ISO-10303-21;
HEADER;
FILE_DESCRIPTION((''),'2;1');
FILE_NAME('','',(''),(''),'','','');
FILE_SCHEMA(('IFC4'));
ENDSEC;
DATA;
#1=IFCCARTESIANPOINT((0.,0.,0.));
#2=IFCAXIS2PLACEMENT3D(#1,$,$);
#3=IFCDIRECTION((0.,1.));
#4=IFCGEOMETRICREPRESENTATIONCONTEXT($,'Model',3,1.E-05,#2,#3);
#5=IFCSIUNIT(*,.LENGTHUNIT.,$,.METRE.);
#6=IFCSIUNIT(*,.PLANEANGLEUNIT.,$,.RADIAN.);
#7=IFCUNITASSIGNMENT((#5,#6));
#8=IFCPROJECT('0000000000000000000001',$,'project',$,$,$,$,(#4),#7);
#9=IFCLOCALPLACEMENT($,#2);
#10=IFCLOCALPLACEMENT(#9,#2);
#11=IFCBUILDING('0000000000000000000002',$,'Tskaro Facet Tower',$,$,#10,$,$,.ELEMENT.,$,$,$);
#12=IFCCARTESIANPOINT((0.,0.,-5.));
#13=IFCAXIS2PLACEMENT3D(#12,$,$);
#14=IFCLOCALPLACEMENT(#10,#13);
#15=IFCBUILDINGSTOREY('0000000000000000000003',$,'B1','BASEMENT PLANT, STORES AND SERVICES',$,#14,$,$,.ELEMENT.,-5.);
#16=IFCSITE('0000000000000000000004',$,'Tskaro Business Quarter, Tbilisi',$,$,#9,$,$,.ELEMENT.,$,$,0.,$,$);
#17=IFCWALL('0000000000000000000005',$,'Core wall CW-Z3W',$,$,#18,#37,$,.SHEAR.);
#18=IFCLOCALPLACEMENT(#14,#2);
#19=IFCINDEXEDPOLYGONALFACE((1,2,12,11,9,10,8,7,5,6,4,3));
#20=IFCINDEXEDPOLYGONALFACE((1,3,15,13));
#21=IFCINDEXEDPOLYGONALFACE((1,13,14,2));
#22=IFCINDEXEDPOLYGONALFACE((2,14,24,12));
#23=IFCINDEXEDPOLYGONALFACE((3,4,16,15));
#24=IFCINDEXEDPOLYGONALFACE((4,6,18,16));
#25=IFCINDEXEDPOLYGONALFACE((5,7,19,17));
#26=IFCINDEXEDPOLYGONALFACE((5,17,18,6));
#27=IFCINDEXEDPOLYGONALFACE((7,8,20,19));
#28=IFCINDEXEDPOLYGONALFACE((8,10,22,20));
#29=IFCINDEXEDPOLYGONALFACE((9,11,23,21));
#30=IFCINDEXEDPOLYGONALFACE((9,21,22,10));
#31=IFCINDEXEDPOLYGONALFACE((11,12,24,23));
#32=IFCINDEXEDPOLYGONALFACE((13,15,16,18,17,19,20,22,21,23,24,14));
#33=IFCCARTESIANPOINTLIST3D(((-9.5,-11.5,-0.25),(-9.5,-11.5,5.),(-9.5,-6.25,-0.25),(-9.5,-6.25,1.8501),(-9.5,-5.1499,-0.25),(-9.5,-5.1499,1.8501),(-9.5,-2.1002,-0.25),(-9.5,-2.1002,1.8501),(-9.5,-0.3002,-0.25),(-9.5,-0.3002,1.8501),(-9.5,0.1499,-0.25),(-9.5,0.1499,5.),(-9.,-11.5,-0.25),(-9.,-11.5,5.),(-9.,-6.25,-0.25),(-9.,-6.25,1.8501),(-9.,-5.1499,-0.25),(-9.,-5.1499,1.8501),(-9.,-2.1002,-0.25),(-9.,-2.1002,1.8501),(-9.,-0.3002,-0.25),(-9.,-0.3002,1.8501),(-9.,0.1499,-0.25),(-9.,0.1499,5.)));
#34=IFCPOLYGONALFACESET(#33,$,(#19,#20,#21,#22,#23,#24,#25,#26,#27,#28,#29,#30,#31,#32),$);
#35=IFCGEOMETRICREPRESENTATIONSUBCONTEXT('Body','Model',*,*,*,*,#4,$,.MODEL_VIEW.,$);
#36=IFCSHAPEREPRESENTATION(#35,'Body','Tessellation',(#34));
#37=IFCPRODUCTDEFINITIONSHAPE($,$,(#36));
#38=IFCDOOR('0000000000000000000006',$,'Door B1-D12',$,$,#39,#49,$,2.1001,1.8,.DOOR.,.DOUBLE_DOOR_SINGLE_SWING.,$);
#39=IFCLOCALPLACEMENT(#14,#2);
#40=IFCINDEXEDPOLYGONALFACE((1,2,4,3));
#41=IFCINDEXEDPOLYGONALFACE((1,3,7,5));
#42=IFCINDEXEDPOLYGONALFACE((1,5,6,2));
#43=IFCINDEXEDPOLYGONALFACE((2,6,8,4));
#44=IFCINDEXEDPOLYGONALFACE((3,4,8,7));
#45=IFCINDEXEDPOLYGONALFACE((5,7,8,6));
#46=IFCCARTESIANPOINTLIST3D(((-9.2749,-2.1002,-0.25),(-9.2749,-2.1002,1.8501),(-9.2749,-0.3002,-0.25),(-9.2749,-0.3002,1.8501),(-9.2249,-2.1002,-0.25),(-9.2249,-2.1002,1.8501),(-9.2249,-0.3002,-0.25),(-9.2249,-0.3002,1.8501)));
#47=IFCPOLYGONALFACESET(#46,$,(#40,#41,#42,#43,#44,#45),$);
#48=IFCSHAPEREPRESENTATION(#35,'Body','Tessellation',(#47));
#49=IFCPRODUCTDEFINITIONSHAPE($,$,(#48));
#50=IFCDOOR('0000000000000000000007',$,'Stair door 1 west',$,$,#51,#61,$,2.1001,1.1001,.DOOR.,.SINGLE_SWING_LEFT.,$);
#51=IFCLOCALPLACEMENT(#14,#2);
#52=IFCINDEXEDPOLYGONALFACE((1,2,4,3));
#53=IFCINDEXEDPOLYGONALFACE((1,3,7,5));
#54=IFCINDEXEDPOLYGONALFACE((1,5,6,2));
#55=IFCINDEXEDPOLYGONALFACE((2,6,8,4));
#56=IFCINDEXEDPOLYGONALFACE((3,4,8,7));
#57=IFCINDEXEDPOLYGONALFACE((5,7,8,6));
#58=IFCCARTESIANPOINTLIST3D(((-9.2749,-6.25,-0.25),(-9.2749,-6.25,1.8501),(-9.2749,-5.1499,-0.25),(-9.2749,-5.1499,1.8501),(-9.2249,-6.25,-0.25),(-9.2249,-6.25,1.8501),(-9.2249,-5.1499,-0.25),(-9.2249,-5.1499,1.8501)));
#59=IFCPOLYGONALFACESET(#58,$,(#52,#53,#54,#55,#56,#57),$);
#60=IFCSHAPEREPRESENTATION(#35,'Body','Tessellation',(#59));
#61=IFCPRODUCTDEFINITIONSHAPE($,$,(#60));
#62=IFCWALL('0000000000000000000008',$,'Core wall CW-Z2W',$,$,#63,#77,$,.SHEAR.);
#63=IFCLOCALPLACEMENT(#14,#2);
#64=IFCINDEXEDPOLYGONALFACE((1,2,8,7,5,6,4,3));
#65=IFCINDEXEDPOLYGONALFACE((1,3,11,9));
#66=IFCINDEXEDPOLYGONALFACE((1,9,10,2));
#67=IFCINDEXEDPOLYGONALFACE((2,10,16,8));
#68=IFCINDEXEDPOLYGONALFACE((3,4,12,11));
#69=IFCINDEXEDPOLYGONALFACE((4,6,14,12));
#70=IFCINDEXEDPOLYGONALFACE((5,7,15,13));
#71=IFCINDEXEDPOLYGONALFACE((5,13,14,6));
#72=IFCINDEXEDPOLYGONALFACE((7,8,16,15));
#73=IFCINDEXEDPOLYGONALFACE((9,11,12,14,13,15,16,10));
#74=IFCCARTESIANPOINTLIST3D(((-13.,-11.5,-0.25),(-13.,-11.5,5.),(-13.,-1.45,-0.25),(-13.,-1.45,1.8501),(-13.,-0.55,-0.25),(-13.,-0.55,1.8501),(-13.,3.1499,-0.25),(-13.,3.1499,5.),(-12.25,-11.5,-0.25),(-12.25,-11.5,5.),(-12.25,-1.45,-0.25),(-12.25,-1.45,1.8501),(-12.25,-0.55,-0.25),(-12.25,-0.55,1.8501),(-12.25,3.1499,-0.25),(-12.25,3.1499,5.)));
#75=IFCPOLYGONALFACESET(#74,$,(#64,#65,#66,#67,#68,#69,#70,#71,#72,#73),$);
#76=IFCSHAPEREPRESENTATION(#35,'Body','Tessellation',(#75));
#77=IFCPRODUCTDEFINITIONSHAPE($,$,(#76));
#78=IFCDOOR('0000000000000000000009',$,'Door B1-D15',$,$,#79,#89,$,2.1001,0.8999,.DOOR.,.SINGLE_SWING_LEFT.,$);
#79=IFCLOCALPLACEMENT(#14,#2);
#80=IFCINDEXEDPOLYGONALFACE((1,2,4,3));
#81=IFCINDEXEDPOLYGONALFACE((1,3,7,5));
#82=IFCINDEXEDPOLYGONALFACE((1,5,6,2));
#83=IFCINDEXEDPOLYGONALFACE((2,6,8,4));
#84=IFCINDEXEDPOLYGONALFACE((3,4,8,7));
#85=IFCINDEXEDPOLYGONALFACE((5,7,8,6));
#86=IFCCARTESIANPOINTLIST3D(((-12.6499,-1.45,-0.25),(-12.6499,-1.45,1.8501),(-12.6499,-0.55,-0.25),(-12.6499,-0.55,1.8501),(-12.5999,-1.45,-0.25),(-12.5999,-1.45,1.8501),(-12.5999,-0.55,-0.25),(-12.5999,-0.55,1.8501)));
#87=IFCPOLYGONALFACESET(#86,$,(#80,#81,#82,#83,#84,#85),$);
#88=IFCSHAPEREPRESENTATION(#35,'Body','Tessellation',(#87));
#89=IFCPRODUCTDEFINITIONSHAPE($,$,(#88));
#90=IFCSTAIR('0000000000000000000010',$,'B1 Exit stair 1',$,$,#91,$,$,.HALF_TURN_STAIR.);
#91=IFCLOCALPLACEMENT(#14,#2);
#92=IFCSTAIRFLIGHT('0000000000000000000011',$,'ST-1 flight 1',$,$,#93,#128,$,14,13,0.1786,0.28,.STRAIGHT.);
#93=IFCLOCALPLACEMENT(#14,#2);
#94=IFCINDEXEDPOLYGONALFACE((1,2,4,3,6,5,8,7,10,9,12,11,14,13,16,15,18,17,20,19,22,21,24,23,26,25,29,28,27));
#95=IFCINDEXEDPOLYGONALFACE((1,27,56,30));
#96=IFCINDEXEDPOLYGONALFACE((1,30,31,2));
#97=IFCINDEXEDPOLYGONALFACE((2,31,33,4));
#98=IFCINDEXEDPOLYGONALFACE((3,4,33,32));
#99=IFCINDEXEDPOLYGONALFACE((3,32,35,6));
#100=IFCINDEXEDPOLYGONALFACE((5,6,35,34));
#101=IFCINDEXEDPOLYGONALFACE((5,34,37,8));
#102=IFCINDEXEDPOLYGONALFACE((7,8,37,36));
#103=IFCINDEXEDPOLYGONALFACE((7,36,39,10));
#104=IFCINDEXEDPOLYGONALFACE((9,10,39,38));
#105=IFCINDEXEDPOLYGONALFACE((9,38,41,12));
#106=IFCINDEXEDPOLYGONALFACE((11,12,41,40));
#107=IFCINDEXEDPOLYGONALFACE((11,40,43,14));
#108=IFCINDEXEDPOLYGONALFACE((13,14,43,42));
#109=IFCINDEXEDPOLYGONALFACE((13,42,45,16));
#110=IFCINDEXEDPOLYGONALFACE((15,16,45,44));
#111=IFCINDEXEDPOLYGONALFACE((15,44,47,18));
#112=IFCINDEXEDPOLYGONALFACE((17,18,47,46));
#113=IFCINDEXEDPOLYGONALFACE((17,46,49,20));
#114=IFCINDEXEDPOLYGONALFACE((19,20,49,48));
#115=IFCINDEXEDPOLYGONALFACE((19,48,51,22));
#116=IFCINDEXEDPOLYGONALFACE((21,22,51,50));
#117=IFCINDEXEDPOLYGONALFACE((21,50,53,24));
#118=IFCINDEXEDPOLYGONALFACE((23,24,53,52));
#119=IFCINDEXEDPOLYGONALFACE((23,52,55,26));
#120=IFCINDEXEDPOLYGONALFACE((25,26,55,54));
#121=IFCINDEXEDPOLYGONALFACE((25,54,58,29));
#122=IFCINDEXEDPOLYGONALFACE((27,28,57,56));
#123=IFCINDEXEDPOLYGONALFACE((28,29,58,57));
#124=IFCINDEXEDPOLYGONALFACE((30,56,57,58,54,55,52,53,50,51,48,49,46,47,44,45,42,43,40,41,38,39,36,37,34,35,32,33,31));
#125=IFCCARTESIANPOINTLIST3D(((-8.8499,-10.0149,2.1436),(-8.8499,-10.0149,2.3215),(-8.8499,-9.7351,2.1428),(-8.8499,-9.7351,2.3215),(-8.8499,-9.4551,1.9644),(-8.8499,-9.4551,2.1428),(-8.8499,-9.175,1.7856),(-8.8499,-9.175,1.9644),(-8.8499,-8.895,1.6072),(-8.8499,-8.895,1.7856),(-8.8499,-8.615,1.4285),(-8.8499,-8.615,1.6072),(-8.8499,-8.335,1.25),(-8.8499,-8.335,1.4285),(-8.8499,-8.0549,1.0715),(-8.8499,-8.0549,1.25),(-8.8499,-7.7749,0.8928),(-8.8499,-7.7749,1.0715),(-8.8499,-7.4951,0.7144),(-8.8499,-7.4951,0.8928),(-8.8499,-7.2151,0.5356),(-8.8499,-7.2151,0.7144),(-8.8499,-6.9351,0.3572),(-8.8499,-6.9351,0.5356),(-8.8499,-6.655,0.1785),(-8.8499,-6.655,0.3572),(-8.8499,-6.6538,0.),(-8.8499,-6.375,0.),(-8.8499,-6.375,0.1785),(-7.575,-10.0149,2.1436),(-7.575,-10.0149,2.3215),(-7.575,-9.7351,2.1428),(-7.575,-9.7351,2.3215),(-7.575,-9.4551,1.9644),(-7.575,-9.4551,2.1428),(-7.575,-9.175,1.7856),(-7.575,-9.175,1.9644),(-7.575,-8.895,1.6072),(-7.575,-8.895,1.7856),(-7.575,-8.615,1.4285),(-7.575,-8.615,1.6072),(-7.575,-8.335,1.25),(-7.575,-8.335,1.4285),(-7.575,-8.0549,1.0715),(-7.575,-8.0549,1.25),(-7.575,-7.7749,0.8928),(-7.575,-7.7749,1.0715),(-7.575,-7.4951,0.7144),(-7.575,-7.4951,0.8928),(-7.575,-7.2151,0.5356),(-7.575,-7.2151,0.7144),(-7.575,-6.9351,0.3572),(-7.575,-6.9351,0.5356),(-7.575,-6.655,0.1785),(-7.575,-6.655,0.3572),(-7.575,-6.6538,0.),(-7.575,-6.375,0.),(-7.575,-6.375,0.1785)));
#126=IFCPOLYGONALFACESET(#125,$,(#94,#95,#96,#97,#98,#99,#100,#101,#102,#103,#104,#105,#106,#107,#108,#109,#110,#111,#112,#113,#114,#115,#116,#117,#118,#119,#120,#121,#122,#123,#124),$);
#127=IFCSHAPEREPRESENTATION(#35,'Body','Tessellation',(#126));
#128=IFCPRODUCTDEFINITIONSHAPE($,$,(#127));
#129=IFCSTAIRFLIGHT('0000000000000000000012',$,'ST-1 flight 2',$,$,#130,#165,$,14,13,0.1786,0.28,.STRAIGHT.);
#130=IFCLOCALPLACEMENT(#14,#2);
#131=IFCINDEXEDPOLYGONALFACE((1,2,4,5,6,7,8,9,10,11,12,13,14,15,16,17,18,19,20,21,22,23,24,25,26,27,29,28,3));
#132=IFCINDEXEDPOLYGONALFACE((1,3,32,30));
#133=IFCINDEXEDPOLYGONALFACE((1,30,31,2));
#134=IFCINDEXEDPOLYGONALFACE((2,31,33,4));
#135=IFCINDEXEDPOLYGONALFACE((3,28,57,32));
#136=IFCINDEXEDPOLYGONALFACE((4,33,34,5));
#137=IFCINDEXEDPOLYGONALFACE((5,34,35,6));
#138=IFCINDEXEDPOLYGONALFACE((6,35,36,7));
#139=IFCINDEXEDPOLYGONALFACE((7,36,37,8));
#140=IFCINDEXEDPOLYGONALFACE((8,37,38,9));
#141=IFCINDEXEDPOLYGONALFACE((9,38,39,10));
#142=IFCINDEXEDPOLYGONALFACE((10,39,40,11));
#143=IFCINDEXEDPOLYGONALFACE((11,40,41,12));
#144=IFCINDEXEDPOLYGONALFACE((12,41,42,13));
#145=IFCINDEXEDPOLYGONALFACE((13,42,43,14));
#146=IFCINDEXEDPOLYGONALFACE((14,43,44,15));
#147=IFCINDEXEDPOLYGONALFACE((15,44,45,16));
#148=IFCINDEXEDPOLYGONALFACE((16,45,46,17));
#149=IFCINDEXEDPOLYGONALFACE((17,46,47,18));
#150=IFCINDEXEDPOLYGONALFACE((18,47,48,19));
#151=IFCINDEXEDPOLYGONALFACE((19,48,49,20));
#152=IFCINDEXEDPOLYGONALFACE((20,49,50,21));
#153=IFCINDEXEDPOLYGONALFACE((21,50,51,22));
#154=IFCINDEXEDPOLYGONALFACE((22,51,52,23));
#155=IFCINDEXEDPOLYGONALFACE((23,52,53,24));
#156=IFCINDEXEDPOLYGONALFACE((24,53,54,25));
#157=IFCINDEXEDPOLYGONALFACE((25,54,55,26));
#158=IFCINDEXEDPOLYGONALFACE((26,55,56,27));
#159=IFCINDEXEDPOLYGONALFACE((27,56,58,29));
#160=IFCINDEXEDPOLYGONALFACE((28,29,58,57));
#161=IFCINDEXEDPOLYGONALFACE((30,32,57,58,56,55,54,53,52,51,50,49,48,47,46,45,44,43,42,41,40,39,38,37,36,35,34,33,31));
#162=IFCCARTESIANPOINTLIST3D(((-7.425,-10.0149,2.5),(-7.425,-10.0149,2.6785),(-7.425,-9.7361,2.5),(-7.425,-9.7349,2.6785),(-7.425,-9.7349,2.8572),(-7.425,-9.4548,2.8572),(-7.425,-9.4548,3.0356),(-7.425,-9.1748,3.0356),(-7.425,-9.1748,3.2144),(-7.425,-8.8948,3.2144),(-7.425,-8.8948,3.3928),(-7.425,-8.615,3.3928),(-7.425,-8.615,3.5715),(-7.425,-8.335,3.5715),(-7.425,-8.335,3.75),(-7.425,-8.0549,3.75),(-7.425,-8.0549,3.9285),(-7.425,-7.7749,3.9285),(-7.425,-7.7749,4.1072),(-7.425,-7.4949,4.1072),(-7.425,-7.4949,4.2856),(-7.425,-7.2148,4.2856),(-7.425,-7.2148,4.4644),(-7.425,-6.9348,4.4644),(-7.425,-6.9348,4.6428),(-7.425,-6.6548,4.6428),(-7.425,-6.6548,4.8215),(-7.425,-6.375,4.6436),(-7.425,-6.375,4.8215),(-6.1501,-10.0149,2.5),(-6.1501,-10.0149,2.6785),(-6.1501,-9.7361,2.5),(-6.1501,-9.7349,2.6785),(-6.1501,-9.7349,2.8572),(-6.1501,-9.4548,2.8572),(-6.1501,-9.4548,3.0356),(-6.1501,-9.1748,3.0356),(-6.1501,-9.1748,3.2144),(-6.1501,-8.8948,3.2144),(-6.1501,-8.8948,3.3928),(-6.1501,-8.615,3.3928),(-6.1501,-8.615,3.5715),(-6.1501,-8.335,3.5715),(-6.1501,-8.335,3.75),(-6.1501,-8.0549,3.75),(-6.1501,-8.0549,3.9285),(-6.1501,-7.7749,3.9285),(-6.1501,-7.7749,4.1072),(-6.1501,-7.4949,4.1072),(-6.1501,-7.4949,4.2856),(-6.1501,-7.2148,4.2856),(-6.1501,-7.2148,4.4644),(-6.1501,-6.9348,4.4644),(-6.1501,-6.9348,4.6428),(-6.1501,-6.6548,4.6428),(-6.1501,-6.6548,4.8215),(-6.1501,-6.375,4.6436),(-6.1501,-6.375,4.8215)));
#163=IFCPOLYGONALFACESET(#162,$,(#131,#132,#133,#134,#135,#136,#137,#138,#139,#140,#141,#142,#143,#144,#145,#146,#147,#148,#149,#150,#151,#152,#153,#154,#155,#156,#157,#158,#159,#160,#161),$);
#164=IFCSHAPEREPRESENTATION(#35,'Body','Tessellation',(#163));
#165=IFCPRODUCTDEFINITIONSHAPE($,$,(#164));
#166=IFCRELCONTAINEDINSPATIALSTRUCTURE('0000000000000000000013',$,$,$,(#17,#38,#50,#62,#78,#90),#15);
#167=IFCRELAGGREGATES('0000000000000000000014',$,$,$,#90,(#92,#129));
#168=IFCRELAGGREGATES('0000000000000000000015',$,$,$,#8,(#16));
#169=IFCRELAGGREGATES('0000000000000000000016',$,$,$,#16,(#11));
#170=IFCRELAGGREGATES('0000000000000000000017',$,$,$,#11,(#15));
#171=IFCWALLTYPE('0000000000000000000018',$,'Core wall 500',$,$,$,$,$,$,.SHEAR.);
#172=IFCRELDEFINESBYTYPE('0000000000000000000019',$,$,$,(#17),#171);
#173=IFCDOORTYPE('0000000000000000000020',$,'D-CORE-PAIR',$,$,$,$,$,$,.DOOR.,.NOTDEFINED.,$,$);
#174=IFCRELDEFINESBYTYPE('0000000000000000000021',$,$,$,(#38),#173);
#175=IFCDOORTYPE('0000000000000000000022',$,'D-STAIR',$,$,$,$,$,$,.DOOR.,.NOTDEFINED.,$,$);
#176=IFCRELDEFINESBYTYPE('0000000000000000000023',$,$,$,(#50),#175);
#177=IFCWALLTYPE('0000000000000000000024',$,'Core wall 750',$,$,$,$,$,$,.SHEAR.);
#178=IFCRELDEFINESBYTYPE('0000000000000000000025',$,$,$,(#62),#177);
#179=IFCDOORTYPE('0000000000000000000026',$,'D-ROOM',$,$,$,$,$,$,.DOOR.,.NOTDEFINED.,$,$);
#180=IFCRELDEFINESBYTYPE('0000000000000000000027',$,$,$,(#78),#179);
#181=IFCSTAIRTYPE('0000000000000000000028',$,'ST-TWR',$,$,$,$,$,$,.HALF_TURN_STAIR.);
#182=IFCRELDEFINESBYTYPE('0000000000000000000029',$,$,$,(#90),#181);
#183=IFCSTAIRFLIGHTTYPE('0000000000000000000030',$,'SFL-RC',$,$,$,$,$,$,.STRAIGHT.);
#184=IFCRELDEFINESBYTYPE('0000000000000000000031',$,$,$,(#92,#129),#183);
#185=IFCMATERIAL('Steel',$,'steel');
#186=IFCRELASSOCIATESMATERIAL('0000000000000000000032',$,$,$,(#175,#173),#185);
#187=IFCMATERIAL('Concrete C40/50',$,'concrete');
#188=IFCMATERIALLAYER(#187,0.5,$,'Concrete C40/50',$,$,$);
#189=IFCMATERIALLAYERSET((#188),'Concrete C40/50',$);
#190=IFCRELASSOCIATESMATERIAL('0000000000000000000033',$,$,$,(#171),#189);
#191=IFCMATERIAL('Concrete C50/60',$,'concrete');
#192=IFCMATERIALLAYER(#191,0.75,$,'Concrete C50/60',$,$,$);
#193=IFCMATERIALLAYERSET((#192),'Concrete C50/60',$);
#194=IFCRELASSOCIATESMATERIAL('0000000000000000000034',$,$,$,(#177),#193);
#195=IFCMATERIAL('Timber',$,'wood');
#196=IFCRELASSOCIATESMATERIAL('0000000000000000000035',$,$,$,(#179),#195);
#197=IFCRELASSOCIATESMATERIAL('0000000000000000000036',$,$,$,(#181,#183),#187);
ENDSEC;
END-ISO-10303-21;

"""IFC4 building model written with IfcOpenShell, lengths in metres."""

from ifc_helpers import new_model, si_unit, direction, frame, frame_2d, origin, place, context, subcontext, project, spatial, polyline, rectangle, outline, extrude, material, layer, layer_set, type_object, element, fill, aggregate, save


model = new_model("IFC4")

# Units and contexts
model_context = context("Model", 3, precision=1e-05, world=origin(), true_north=direction((0.0, 1.0)))
body_context = subcontext(model_context, "Body", "Model", "MODEL_VIEW")
ifc_project = project(units=[si_unit("LENGTHUNIT", "METRE"), si_unit("PLANEANGLEUNIT", "RADIAN")], contexts=[model_context])

# Site, building, storey
site_placement = place(None, origin())
site = spatial("IfcSite", under=ifc_project, at=site_placement, Name="Tskaro Business Quarter, Tbilisi", CompositionType="ELEMENT", RefElevation=0.0)
building_placement = place(site_placement, origin())
building = spatial("IfcBuilding", under=site, at=building_placement, Name="Tskaro Facet Tower", CompositionType="ELEMENT")
storey_placement = place(building_placement, frame((0.0, 0.0, -5.0)))
storey = spatial("IfcBuildingStorey", under=building, at=storey_placement, Name="B1", Description="BASEMENT PLANT, STORES AND SERVICES", CompositionType="ELEMENT", Elevation=-5.0)

# Shared definitions
ifc_material_1 = material(Name="Steel", Category="steel")
door_type_1 = type_object("IfcDoorType", Name="D-STAIR", OperationType="NOTDEFINED", PredefinedType="DOOR", material=ifc_material_1)

# Wall, openings, doors
ifc_material_2 = material(Name="Concrete C40/50", Category="concrete")
ifc_layer_1 = layer(ifc_material_2, 0.5, Name="Concrete C40/50")
ifc_layer_set_1 = layer_set([ifc_layer_1], Name="Concrete C40/50")
wall_type_1 = type_object("IfcWallType", Name="Core wall 500", PredefinedType="SHEAR", material=ifc_layer_set_1)
wall_1_placement = place(storey_placement, frame((-9.25, -11.5, -0.25), z_axis=(0.0, 0.0, 1.0), x_axis=(0.0, 1.0, 0.0)))
wall_1 = element("IfcWall", 1, at=wall_1_placement, inside=storey, type_object=wall_type_1, Name="Core wall CW-Z3W", PredefinedType="SHEAR", context=body_context, shape_type="SweptSolid", body=[
    extrude(rectangle(XDim=11.6499, YDim=0.5, at=frame_2d((5.825, 0.0))), origin(), (0.0, 0.0, 1.0), 5.25),
])
opening_1_placement = place(wall_1_placement, frame((9.3999, 0.0, 0.0)))
opening_1 = element("IfcOpeningElement", 2, at=opening_1_placement, cuts=wall_1, PredefinedType="OPENING", context=body_context, shape_type="SweptSolid", body=[
    extrude(rectangle(XDim=1.8, YDim=2.1001, at=frame_2d((0.8999, 1.05))), frame((0.0, 0.26, 0.0), z_axis=(0.0, -1.0, 0.0), x_axis=(1.0, 0.0, 0.0)), (0.0, 0.0, 1.0), 0.52),
])
opening_2_placement = place(wall_1_placement, frame((5.25, 0.0, 0.0)))
opening_2 = element("IfcOpeningElement", 3, at=opening_2_placement, cuts=wall_1, PredefinedType="OPENING", context=body_context, shape_type="SweptSolid", body=[
    extrude(rectangle(XDim=1.1001, YDim=2.1001, at=frame_2d((0.55, 1.05))), frame((0.0, 0.26, 0.0), z_axis=(0.0, -1.0, 0.0), x_axis=(1.0, 0.0, 0.0)), (0.0, 0.0, 1.0), 0.52),
])
door_type_2 = type_object("IfcDoorType", Name="D-CORE-PAIR", OperationType="NOTDEFINED", PredefinedType="DOOR", material=ifc_material_1)
door_1_placement = place(opening_1_placement, origin())
door_1 = element("IfcDoor", 4, at=door_1_placement, inside=storey, type_object=door_type_2, Name="Door B1-D12", OperationType="DOUBLE_DOOR_SINGLE_SWING", OverallHeight=2.1001, OverallWidth=1.8, PredefinedType="DOOR", context=body_context, shape_type="SweptSolid", body=[
    extrude(rectangle(XDim=1.8, YDim=2.1001, at=frame_2d((0.8999, 1.05))), frame((0.0, 0.0249, 0.0), z_axis=(0.0, -1.0, 0.0), x_axis=(1.0, 0.0, 0.0)), (0.0, 0.0, 1.0), 0.05),
])
fill(opening_1, door_1)
door_2_placement = place(opening_2_placement, origin())
door_2 = element("IfcDoor", 5, at=door_2_placement, inside=storey, type_object=door_type_1, Name="Stair door 1 west", OperationType="SINGLE_SWING_LEFT", OverallHeight=2.1001, OverallWidth=1.1001, PredefinedType="DOOR", context=body_context, shape_type="SweptSolid", body=[
    extrude(rectangle(XDim=1.1001, YDim=2.1001, at=frame_2d((0.55, 1.05))), frame((0.0, 0.0249, 0.0), z_axis=(0.0, -1.0, 0.0), x_axis=(1.0, 0.0, 0.0)), (0.0, 0.0, 1.0), 0.05),
])
fill(opening_2, door_2)

# Wall, opening, door
ifc_material_3 = material(Name="Concrete C50/60", Category="concrete")
ifc_layer_2 = layer(ifc_material_3, 0.75, Name="Concrete C50/60")
ifc_layer_set_2 = layer_set([ifc_layer_2], Name="Concrete C50/60")
wall_type_2 = type_object("IfcWallType", Name="Core wall 750", PredefinedType="SHEAR", material=ifc_layer_set_2)
wall_2_placement = place(storey_placement, frame((-12.625, -11.5, -0.25), z_axis=(0.0, 0.0, 1.0), x_axis=(0.0, 1.0, 0.0)))
wall_2 = element("IfcWall", 6, at=wall_2_placement, inside=storey, type_object=wall_type_2, Name="Core wall CW-Z2W", PredefinedType="SHEAR", context=body_context, shape_type="SweptSolid", body=[
    extrude(rectangle(XDim=14.6499, YDim=0.75, at=frame_2d((7.325, 0.0))), origin(), (0.0, 0.0, 1.0), 5.25),
])
opening_3_placement = place(wall_2_placement, frame((10.05, 0.0, 0.0)))
opening_3 = element("IfcOpeningElement", 7, at=opening_3_placement, cuts=wall_2, PredefinedType="OPENING", context=body_context, shape_type="SweptSolid", body=[
    extrude(rectangle(XDim=0.8999, YDim=2.1001, at=frame_2d((0.45, 1.05))), frame((0.0, 0.385, 0.0), z_axis=(0.0, -1.0, 0.0), x_axis=(1.0, 0.0, 0.0)), (0.0, 0.0, 1.0), 0.77),
])
ifc_material_4 = material(Name="Timber", Category="wood")
door_type_3 = type_object("IfcDoorType", Name="D-ROOM", OperationType="NOTDEFINED", PredefinedType="DOOR", material=ifc_material_4)
door_3_placement = place(opening_3_placement, origin())
door_3 = element("IfcDoor", 8, at=door_3_placement, inside=storey, type_object=door_type_3, Name="Door B1-D15", OperationType="SINGLE_SWING_LEFT", OverallHeight=2.1001, OverallWidth=0.8999, PredefinedType="DOOR", context=body_context, shape_type="SweptSolid", body=[
    extrude(rectangle(XDim=0.8999, YDim=2.1001, at=frame_2d((0.45, 1.05))), frame((0.0, 0.0249, 0.0), z_axis=(0.0, -1.0, 0.0), x_axis=(1.0, 0.0, 0.0)), (0.0, 0.0, 1.0), 0.05),
])
fill(opening_3, door_3)

# Stair, stair flights
stair_type = type_object("IfcStairType", Name="ST-TWR", PredefinedType="HALF_TURN_STAIR", material=ifc_material_2)
stair_placement = place(storey_placement, origin())
stair = element("IfcStair", 9, at=stair_placement, inside=storey, type_object=stair_type, Name="B1 Exit stair 1", PredefinedType="HALF_TURN_STAIR")
stair_flight_type = type_object("IfcStairFlightType", Name="SFL-RC", PredefinedType="STRAIGHT", material=ifc_material_2)
stair_flight_1_placement = place(storey_placement, frame((-8.2124, -6.375, 0.0), z_axis=(0.0, 0.0, 1.0), x_axis=(0.0, -1.0, 0.0)))
stair_flight_1 = element("IfcStairFlight", 10, at=stair_flight_1_placement, type_object=stair_flight_type, Name="ST-1 flight 1", NumberOfRisers=14, NumberOfTreads=13, PredefinedType="STRAIGHT", RiserHeight=0.1786, TreadLength=0.28, context=body_context, shape_type="SweptSolid", body=[
    extrude(outline(polyline([(0.0, 0.0), (0.0, 0.1785), (0.28, 0.1785), (0.28, 0.3572), (0.5601, 0.3572), (0.5601, 0.5356), (0.8401, 0.5356), (0.8401, 0.7144), (1.1201, 0.7144), (1.1201, 0.8928), (1.3999, 0.8928), (1.3999, 1.0715), (1.6799, 1.0715), (1.6799, 1.25), (1.96, 1.25), (1.96, 1.4285), (2.24, 1.4285), (2.24, 1.6072), (2.52, 1.6072), (2.52, 1.7856), (2.8, 1.7856), (2.8, 1.9644), (3.0801, 1.9644), (3.0801, 2.1428), (3.3601, 2.1428), (3.3601, 2.3215), (3.6399, 2.3215), (3.6399, 2.5), (3.6399, 2.1436), (0.2788, 0.0), (0.0, 0.0)])), frame((0.0, 0.6375, 0.0), z_axis=(0.0, -1.0, 0.0), x_axis=(1.0, 0.0, 0.0)), (0.0, 0.0, 1.0), 1.2749),
])
stair_flight_2_placement = place(storey_placement, frame((-6.7876, -10.0149, 2.5), z_axis=(0.0, 0.0, 1.0), x_axis=(0.0, 1.0, 0.0)))
stair_flight_2 = element("IfcStairFlight", 11, at=stair_flight_2_placement, type_object=stair_flight_type, Name="ST-1 flight 2", NumberOfRisers=14, NumberOfTreads=13, PredefinedType="STRAIGHT", RiserHeight=0.1786, TreadLength=0.28, context=body_context, shape_type="SweptSolid", body=[
    extrude(outline(polyline([(0.0, 0.0), (0.0, 0.1785), (0.28, 0.1785), (0.28, 0.3572), (0.5601, 0.3572), (0.5601, 0.5356), (0.8401, 0.5356), (0.8401, 0.7144), (1.1201, 0.7144), (1.1201, 0.8928), (1.3999, 0.8928), (1.3999, 1.0715), (1.6799, 1.0715), (1.6799, 1.25), (1.96, 1.25), (1.96, 1.4285), (2.24, 1.4285), (2.24, 1.6072), (2.52, 1.6072), (2.52, 1.7856), (2.8, 1.7856), (2.8, 1.9644), (3.0801, 1.9644), (3.0801, 2.1428), (3.3601, 2.1428), (3.3601, 2.3215), (3.6399, 2.3215), (3.6399, 2.5), (3.6399, 2.1436), (0.2788, 0.0), (0.0, 0.0)])), frame((0.0, 0.6375, 0.0), z_axis=(0.0, -1.0, 0.0), x_axis=(1.0, 0.0, 0.0)), (0.0, 0.0, 1.0), 1.2749),
])
aggregate(stair, [stair_flight_1, stair_flight_2])

save(model, "model.ifc")
